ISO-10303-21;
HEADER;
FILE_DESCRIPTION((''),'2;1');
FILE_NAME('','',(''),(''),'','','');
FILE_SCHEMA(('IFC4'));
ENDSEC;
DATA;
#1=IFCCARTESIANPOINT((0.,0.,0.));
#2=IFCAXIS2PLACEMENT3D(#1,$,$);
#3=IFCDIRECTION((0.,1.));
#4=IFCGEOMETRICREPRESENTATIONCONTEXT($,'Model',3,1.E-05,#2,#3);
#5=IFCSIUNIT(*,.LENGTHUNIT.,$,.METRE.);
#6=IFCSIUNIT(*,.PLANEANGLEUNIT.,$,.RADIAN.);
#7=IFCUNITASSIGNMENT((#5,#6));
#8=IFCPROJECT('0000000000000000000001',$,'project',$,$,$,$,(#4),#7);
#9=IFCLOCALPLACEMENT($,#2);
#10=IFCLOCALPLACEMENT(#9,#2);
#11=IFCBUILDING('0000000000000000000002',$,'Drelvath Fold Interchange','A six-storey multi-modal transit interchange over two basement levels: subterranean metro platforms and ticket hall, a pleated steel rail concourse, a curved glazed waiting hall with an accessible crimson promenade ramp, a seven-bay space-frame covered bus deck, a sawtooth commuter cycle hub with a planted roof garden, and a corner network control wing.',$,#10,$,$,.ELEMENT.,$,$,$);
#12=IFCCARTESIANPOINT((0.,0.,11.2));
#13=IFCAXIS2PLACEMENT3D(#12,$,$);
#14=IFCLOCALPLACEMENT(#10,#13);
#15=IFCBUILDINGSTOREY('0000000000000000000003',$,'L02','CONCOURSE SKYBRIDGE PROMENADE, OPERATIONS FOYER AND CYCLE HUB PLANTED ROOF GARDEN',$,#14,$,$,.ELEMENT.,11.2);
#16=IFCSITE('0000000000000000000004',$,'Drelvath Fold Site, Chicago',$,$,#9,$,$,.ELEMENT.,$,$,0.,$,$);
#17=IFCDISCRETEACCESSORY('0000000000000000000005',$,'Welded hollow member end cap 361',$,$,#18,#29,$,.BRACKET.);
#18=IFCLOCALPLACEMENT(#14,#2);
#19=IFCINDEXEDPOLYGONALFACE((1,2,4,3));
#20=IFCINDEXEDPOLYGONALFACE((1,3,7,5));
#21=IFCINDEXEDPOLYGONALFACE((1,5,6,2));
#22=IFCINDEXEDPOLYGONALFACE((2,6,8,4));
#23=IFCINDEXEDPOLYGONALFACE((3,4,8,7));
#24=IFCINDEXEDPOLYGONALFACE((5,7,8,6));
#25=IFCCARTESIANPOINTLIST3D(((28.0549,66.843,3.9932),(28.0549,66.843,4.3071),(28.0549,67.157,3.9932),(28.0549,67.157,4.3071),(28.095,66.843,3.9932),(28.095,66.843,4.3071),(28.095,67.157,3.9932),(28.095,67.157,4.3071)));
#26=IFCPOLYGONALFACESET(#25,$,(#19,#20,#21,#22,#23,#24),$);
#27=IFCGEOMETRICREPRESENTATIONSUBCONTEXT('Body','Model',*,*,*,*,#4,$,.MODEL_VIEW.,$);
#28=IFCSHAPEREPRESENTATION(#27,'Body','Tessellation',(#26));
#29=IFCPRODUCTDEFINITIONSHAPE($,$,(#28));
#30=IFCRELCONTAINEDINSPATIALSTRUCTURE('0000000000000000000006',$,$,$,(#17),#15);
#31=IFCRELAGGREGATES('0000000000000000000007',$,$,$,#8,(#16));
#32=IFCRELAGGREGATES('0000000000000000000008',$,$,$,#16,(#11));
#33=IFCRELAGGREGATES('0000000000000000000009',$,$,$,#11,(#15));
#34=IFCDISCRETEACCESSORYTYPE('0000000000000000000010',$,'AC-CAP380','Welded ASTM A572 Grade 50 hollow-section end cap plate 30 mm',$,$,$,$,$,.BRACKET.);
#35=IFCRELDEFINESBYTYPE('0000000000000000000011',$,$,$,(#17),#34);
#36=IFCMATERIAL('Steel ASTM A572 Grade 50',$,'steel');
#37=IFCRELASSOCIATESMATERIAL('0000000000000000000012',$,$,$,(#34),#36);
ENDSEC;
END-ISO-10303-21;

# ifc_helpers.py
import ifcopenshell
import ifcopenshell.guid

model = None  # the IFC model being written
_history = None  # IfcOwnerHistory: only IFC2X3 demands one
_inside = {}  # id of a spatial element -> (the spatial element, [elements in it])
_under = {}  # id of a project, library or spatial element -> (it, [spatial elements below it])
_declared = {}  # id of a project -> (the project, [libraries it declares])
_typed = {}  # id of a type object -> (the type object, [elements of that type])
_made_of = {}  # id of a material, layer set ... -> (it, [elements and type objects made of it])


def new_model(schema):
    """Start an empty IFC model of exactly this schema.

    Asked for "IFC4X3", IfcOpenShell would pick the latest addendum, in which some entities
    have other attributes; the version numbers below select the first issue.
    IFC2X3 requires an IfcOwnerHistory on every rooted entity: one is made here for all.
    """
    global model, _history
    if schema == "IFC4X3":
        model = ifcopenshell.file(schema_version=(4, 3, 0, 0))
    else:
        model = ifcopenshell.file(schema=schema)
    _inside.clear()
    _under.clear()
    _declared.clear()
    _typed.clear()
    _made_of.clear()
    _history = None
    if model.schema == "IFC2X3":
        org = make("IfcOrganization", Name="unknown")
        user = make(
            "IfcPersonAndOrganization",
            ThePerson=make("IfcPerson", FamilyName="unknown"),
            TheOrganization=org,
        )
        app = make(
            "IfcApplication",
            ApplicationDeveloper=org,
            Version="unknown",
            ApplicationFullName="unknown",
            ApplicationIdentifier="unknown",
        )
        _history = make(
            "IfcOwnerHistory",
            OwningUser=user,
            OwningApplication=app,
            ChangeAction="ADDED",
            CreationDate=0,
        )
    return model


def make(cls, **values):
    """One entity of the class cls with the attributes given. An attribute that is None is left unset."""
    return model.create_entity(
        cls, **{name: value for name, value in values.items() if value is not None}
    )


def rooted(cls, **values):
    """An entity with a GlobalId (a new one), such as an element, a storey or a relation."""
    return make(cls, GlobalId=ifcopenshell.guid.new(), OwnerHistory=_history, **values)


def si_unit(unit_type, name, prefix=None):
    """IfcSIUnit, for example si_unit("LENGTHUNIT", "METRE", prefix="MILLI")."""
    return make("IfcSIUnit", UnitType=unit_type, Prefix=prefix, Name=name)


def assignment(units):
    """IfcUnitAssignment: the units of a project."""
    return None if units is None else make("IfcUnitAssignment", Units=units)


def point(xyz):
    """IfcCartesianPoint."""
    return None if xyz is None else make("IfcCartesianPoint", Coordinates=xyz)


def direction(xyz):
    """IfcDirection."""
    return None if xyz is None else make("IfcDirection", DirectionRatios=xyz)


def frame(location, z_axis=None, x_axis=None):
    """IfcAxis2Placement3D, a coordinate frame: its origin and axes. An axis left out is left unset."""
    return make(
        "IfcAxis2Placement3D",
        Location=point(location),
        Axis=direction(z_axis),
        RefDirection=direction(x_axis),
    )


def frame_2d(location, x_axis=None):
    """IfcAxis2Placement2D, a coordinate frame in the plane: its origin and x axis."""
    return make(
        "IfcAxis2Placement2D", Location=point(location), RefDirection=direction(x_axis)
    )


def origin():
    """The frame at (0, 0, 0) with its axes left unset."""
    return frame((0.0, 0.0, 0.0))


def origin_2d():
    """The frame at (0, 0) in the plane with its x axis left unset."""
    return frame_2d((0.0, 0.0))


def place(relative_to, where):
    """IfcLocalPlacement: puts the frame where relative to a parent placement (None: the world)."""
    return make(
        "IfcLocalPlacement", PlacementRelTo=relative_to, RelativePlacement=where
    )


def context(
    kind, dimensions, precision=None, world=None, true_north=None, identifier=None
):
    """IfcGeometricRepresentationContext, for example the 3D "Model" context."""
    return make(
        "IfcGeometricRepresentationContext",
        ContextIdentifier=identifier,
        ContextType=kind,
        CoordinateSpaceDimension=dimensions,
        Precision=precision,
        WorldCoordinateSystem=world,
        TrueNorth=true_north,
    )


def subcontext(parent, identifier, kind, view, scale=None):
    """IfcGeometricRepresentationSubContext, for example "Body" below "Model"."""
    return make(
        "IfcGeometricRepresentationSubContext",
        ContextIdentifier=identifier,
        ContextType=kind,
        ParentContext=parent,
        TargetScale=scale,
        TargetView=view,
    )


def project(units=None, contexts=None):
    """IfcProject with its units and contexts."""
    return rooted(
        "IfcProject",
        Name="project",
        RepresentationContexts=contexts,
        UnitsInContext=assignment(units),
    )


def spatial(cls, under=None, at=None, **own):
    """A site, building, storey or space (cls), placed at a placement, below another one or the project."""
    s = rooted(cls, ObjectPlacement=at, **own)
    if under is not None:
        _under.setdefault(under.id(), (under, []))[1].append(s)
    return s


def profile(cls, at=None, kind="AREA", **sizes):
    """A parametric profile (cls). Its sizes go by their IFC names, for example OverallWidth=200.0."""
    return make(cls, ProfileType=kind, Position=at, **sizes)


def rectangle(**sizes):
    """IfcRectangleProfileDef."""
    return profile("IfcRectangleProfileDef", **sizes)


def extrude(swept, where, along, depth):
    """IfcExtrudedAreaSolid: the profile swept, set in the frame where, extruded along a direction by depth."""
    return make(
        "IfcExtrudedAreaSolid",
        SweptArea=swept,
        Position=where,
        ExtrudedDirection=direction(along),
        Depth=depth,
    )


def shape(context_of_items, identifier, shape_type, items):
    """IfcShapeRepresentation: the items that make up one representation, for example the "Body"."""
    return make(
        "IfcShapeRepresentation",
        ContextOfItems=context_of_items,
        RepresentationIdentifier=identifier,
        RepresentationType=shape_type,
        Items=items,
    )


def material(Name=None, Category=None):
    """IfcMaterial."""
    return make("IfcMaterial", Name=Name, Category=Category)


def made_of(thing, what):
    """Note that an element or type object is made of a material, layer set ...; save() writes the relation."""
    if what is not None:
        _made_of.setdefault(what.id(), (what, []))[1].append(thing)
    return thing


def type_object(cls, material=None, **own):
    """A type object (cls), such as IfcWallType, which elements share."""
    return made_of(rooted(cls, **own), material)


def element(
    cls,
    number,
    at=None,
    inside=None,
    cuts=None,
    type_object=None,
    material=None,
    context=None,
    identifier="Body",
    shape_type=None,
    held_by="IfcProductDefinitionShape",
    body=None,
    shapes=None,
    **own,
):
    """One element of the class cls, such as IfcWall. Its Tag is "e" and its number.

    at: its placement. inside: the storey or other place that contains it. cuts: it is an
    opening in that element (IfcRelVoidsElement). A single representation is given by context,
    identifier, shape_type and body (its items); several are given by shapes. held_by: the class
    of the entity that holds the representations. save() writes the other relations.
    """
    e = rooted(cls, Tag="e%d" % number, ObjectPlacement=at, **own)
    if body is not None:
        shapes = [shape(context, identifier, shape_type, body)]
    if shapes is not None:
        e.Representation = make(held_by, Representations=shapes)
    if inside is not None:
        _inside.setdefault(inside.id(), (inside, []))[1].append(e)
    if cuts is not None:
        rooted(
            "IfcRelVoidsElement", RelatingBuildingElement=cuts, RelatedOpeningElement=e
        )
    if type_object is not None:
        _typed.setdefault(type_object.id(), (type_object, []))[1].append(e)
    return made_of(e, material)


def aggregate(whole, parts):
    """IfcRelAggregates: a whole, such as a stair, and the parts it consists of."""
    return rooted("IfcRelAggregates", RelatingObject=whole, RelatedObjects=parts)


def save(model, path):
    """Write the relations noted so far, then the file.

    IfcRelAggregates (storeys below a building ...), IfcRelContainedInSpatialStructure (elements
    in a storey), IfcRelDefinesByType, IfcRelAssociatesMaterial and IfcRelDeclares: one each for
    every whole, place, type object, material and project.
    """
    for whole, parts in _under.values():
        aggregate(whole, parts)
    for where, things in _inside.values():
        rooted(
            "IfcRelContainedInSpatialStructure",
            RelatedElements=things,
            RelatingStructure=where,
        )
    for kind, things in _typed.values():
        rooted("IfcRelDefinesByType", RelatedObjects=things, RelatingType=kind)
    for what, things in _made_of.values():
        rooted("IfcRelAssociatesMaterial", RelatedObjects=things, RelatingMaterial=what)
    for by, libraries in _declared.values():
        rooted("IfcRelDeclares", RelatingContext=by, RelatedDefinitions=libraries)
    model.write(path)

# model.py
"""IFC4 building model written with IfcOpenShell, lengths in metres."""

from ifc_helpers import new_model, si_unit, direction, frame, origin, origin_2d, place, context, subcontext, project, spatial, rectangle, extrude, material, type_object, element, save


model = new_model("IFC4")

# Units and contexts
model_context = context("Model", 3, precision=1e-05, world=origin(), true_north=direction((0.0, 1.0)))
body_context = subcontext(model_context, "Body", "Model", "MODEL_VIEW")
ifc_project = project(units=[si_unit("LENGTHUNIT", "METRE"), si_unit("PLANEANGLEUNIT", "RADIAN")], contexts=[model_context])

# Site, building, storey
site_placement = place(None, origin())
site = spatial("IfcSite", under=ifc_project, at=site_placement, Name="Drelvath Fold Site, Chicago", CompositionType="ELEMENT", RefElevation=0.0)
building_placement = place(site_placement, origin())
building = spatial("IfcBuilding", under=site, at=building_placement, Name="Drelvath Fold Interchange", Description="A six-storey multi-modal transit interchange over two basement levels: subterranean metro platforms and ticket hall, a pleated steel rail concourse, a curved glazed waiting hall with an accessible crimson promenade ramp, a seven-bay space-frame covered bus deck, a sawtooth commuter cycle hub with a planted roof garden, and a corner network control wing.", CompositionType="ELEMENT")
storey_placement = place(building_placement, frame((0.0, 0.0, 11.2)))
storey = spatial("IfcBuildingStorey", under=building, at=storey_placement, Name="L02", Description="CONCOURSE SKYBRIDGE PROMENADE, OPERATIONS FOYER AND CYCLE HUB PLANTED ROOF GARDEN", CompositionType="ELEMENT", Elevation=11.2)

# Discrete accessory
ifc_material_1 = material(Name="Steel ASTM A572 Grade 50", Category="steel")
discrete_accessory_type = type_object("IfcDiscreteAccessoryType", Name="AC-CAP380", Description="Welded ASTM A572 Grade 50 hollow-section end cap plate 30 mm", PredefinedType="BRACKET", material=ifc_material_1)
for number, where, z_axis, x_axis, name in (
    (1, (28.075, 67.0, 3.9932), (0.0, 0.0, 1.0), (1.0, 0.0, 0.0), "Welded hollow member end cap 361"),
):
    element("IfcDiscreteAccessory", number, at=place(storey_placement, frame(where, z_axis=z_axis, x_axis=x_axis)), inside=storey, type_object=discrete_accessory_type, Name=name, PredefinedType="BRACKET", context=body_context, shape_type="SweptSolid", body=[
        extrude(rectangle(XDim=0.04, YDim=0.314, at=origin_2d()), origin(), (0.0, 0.0, 1.0), 0.314),
    ])

save(model, "model.ifc")
